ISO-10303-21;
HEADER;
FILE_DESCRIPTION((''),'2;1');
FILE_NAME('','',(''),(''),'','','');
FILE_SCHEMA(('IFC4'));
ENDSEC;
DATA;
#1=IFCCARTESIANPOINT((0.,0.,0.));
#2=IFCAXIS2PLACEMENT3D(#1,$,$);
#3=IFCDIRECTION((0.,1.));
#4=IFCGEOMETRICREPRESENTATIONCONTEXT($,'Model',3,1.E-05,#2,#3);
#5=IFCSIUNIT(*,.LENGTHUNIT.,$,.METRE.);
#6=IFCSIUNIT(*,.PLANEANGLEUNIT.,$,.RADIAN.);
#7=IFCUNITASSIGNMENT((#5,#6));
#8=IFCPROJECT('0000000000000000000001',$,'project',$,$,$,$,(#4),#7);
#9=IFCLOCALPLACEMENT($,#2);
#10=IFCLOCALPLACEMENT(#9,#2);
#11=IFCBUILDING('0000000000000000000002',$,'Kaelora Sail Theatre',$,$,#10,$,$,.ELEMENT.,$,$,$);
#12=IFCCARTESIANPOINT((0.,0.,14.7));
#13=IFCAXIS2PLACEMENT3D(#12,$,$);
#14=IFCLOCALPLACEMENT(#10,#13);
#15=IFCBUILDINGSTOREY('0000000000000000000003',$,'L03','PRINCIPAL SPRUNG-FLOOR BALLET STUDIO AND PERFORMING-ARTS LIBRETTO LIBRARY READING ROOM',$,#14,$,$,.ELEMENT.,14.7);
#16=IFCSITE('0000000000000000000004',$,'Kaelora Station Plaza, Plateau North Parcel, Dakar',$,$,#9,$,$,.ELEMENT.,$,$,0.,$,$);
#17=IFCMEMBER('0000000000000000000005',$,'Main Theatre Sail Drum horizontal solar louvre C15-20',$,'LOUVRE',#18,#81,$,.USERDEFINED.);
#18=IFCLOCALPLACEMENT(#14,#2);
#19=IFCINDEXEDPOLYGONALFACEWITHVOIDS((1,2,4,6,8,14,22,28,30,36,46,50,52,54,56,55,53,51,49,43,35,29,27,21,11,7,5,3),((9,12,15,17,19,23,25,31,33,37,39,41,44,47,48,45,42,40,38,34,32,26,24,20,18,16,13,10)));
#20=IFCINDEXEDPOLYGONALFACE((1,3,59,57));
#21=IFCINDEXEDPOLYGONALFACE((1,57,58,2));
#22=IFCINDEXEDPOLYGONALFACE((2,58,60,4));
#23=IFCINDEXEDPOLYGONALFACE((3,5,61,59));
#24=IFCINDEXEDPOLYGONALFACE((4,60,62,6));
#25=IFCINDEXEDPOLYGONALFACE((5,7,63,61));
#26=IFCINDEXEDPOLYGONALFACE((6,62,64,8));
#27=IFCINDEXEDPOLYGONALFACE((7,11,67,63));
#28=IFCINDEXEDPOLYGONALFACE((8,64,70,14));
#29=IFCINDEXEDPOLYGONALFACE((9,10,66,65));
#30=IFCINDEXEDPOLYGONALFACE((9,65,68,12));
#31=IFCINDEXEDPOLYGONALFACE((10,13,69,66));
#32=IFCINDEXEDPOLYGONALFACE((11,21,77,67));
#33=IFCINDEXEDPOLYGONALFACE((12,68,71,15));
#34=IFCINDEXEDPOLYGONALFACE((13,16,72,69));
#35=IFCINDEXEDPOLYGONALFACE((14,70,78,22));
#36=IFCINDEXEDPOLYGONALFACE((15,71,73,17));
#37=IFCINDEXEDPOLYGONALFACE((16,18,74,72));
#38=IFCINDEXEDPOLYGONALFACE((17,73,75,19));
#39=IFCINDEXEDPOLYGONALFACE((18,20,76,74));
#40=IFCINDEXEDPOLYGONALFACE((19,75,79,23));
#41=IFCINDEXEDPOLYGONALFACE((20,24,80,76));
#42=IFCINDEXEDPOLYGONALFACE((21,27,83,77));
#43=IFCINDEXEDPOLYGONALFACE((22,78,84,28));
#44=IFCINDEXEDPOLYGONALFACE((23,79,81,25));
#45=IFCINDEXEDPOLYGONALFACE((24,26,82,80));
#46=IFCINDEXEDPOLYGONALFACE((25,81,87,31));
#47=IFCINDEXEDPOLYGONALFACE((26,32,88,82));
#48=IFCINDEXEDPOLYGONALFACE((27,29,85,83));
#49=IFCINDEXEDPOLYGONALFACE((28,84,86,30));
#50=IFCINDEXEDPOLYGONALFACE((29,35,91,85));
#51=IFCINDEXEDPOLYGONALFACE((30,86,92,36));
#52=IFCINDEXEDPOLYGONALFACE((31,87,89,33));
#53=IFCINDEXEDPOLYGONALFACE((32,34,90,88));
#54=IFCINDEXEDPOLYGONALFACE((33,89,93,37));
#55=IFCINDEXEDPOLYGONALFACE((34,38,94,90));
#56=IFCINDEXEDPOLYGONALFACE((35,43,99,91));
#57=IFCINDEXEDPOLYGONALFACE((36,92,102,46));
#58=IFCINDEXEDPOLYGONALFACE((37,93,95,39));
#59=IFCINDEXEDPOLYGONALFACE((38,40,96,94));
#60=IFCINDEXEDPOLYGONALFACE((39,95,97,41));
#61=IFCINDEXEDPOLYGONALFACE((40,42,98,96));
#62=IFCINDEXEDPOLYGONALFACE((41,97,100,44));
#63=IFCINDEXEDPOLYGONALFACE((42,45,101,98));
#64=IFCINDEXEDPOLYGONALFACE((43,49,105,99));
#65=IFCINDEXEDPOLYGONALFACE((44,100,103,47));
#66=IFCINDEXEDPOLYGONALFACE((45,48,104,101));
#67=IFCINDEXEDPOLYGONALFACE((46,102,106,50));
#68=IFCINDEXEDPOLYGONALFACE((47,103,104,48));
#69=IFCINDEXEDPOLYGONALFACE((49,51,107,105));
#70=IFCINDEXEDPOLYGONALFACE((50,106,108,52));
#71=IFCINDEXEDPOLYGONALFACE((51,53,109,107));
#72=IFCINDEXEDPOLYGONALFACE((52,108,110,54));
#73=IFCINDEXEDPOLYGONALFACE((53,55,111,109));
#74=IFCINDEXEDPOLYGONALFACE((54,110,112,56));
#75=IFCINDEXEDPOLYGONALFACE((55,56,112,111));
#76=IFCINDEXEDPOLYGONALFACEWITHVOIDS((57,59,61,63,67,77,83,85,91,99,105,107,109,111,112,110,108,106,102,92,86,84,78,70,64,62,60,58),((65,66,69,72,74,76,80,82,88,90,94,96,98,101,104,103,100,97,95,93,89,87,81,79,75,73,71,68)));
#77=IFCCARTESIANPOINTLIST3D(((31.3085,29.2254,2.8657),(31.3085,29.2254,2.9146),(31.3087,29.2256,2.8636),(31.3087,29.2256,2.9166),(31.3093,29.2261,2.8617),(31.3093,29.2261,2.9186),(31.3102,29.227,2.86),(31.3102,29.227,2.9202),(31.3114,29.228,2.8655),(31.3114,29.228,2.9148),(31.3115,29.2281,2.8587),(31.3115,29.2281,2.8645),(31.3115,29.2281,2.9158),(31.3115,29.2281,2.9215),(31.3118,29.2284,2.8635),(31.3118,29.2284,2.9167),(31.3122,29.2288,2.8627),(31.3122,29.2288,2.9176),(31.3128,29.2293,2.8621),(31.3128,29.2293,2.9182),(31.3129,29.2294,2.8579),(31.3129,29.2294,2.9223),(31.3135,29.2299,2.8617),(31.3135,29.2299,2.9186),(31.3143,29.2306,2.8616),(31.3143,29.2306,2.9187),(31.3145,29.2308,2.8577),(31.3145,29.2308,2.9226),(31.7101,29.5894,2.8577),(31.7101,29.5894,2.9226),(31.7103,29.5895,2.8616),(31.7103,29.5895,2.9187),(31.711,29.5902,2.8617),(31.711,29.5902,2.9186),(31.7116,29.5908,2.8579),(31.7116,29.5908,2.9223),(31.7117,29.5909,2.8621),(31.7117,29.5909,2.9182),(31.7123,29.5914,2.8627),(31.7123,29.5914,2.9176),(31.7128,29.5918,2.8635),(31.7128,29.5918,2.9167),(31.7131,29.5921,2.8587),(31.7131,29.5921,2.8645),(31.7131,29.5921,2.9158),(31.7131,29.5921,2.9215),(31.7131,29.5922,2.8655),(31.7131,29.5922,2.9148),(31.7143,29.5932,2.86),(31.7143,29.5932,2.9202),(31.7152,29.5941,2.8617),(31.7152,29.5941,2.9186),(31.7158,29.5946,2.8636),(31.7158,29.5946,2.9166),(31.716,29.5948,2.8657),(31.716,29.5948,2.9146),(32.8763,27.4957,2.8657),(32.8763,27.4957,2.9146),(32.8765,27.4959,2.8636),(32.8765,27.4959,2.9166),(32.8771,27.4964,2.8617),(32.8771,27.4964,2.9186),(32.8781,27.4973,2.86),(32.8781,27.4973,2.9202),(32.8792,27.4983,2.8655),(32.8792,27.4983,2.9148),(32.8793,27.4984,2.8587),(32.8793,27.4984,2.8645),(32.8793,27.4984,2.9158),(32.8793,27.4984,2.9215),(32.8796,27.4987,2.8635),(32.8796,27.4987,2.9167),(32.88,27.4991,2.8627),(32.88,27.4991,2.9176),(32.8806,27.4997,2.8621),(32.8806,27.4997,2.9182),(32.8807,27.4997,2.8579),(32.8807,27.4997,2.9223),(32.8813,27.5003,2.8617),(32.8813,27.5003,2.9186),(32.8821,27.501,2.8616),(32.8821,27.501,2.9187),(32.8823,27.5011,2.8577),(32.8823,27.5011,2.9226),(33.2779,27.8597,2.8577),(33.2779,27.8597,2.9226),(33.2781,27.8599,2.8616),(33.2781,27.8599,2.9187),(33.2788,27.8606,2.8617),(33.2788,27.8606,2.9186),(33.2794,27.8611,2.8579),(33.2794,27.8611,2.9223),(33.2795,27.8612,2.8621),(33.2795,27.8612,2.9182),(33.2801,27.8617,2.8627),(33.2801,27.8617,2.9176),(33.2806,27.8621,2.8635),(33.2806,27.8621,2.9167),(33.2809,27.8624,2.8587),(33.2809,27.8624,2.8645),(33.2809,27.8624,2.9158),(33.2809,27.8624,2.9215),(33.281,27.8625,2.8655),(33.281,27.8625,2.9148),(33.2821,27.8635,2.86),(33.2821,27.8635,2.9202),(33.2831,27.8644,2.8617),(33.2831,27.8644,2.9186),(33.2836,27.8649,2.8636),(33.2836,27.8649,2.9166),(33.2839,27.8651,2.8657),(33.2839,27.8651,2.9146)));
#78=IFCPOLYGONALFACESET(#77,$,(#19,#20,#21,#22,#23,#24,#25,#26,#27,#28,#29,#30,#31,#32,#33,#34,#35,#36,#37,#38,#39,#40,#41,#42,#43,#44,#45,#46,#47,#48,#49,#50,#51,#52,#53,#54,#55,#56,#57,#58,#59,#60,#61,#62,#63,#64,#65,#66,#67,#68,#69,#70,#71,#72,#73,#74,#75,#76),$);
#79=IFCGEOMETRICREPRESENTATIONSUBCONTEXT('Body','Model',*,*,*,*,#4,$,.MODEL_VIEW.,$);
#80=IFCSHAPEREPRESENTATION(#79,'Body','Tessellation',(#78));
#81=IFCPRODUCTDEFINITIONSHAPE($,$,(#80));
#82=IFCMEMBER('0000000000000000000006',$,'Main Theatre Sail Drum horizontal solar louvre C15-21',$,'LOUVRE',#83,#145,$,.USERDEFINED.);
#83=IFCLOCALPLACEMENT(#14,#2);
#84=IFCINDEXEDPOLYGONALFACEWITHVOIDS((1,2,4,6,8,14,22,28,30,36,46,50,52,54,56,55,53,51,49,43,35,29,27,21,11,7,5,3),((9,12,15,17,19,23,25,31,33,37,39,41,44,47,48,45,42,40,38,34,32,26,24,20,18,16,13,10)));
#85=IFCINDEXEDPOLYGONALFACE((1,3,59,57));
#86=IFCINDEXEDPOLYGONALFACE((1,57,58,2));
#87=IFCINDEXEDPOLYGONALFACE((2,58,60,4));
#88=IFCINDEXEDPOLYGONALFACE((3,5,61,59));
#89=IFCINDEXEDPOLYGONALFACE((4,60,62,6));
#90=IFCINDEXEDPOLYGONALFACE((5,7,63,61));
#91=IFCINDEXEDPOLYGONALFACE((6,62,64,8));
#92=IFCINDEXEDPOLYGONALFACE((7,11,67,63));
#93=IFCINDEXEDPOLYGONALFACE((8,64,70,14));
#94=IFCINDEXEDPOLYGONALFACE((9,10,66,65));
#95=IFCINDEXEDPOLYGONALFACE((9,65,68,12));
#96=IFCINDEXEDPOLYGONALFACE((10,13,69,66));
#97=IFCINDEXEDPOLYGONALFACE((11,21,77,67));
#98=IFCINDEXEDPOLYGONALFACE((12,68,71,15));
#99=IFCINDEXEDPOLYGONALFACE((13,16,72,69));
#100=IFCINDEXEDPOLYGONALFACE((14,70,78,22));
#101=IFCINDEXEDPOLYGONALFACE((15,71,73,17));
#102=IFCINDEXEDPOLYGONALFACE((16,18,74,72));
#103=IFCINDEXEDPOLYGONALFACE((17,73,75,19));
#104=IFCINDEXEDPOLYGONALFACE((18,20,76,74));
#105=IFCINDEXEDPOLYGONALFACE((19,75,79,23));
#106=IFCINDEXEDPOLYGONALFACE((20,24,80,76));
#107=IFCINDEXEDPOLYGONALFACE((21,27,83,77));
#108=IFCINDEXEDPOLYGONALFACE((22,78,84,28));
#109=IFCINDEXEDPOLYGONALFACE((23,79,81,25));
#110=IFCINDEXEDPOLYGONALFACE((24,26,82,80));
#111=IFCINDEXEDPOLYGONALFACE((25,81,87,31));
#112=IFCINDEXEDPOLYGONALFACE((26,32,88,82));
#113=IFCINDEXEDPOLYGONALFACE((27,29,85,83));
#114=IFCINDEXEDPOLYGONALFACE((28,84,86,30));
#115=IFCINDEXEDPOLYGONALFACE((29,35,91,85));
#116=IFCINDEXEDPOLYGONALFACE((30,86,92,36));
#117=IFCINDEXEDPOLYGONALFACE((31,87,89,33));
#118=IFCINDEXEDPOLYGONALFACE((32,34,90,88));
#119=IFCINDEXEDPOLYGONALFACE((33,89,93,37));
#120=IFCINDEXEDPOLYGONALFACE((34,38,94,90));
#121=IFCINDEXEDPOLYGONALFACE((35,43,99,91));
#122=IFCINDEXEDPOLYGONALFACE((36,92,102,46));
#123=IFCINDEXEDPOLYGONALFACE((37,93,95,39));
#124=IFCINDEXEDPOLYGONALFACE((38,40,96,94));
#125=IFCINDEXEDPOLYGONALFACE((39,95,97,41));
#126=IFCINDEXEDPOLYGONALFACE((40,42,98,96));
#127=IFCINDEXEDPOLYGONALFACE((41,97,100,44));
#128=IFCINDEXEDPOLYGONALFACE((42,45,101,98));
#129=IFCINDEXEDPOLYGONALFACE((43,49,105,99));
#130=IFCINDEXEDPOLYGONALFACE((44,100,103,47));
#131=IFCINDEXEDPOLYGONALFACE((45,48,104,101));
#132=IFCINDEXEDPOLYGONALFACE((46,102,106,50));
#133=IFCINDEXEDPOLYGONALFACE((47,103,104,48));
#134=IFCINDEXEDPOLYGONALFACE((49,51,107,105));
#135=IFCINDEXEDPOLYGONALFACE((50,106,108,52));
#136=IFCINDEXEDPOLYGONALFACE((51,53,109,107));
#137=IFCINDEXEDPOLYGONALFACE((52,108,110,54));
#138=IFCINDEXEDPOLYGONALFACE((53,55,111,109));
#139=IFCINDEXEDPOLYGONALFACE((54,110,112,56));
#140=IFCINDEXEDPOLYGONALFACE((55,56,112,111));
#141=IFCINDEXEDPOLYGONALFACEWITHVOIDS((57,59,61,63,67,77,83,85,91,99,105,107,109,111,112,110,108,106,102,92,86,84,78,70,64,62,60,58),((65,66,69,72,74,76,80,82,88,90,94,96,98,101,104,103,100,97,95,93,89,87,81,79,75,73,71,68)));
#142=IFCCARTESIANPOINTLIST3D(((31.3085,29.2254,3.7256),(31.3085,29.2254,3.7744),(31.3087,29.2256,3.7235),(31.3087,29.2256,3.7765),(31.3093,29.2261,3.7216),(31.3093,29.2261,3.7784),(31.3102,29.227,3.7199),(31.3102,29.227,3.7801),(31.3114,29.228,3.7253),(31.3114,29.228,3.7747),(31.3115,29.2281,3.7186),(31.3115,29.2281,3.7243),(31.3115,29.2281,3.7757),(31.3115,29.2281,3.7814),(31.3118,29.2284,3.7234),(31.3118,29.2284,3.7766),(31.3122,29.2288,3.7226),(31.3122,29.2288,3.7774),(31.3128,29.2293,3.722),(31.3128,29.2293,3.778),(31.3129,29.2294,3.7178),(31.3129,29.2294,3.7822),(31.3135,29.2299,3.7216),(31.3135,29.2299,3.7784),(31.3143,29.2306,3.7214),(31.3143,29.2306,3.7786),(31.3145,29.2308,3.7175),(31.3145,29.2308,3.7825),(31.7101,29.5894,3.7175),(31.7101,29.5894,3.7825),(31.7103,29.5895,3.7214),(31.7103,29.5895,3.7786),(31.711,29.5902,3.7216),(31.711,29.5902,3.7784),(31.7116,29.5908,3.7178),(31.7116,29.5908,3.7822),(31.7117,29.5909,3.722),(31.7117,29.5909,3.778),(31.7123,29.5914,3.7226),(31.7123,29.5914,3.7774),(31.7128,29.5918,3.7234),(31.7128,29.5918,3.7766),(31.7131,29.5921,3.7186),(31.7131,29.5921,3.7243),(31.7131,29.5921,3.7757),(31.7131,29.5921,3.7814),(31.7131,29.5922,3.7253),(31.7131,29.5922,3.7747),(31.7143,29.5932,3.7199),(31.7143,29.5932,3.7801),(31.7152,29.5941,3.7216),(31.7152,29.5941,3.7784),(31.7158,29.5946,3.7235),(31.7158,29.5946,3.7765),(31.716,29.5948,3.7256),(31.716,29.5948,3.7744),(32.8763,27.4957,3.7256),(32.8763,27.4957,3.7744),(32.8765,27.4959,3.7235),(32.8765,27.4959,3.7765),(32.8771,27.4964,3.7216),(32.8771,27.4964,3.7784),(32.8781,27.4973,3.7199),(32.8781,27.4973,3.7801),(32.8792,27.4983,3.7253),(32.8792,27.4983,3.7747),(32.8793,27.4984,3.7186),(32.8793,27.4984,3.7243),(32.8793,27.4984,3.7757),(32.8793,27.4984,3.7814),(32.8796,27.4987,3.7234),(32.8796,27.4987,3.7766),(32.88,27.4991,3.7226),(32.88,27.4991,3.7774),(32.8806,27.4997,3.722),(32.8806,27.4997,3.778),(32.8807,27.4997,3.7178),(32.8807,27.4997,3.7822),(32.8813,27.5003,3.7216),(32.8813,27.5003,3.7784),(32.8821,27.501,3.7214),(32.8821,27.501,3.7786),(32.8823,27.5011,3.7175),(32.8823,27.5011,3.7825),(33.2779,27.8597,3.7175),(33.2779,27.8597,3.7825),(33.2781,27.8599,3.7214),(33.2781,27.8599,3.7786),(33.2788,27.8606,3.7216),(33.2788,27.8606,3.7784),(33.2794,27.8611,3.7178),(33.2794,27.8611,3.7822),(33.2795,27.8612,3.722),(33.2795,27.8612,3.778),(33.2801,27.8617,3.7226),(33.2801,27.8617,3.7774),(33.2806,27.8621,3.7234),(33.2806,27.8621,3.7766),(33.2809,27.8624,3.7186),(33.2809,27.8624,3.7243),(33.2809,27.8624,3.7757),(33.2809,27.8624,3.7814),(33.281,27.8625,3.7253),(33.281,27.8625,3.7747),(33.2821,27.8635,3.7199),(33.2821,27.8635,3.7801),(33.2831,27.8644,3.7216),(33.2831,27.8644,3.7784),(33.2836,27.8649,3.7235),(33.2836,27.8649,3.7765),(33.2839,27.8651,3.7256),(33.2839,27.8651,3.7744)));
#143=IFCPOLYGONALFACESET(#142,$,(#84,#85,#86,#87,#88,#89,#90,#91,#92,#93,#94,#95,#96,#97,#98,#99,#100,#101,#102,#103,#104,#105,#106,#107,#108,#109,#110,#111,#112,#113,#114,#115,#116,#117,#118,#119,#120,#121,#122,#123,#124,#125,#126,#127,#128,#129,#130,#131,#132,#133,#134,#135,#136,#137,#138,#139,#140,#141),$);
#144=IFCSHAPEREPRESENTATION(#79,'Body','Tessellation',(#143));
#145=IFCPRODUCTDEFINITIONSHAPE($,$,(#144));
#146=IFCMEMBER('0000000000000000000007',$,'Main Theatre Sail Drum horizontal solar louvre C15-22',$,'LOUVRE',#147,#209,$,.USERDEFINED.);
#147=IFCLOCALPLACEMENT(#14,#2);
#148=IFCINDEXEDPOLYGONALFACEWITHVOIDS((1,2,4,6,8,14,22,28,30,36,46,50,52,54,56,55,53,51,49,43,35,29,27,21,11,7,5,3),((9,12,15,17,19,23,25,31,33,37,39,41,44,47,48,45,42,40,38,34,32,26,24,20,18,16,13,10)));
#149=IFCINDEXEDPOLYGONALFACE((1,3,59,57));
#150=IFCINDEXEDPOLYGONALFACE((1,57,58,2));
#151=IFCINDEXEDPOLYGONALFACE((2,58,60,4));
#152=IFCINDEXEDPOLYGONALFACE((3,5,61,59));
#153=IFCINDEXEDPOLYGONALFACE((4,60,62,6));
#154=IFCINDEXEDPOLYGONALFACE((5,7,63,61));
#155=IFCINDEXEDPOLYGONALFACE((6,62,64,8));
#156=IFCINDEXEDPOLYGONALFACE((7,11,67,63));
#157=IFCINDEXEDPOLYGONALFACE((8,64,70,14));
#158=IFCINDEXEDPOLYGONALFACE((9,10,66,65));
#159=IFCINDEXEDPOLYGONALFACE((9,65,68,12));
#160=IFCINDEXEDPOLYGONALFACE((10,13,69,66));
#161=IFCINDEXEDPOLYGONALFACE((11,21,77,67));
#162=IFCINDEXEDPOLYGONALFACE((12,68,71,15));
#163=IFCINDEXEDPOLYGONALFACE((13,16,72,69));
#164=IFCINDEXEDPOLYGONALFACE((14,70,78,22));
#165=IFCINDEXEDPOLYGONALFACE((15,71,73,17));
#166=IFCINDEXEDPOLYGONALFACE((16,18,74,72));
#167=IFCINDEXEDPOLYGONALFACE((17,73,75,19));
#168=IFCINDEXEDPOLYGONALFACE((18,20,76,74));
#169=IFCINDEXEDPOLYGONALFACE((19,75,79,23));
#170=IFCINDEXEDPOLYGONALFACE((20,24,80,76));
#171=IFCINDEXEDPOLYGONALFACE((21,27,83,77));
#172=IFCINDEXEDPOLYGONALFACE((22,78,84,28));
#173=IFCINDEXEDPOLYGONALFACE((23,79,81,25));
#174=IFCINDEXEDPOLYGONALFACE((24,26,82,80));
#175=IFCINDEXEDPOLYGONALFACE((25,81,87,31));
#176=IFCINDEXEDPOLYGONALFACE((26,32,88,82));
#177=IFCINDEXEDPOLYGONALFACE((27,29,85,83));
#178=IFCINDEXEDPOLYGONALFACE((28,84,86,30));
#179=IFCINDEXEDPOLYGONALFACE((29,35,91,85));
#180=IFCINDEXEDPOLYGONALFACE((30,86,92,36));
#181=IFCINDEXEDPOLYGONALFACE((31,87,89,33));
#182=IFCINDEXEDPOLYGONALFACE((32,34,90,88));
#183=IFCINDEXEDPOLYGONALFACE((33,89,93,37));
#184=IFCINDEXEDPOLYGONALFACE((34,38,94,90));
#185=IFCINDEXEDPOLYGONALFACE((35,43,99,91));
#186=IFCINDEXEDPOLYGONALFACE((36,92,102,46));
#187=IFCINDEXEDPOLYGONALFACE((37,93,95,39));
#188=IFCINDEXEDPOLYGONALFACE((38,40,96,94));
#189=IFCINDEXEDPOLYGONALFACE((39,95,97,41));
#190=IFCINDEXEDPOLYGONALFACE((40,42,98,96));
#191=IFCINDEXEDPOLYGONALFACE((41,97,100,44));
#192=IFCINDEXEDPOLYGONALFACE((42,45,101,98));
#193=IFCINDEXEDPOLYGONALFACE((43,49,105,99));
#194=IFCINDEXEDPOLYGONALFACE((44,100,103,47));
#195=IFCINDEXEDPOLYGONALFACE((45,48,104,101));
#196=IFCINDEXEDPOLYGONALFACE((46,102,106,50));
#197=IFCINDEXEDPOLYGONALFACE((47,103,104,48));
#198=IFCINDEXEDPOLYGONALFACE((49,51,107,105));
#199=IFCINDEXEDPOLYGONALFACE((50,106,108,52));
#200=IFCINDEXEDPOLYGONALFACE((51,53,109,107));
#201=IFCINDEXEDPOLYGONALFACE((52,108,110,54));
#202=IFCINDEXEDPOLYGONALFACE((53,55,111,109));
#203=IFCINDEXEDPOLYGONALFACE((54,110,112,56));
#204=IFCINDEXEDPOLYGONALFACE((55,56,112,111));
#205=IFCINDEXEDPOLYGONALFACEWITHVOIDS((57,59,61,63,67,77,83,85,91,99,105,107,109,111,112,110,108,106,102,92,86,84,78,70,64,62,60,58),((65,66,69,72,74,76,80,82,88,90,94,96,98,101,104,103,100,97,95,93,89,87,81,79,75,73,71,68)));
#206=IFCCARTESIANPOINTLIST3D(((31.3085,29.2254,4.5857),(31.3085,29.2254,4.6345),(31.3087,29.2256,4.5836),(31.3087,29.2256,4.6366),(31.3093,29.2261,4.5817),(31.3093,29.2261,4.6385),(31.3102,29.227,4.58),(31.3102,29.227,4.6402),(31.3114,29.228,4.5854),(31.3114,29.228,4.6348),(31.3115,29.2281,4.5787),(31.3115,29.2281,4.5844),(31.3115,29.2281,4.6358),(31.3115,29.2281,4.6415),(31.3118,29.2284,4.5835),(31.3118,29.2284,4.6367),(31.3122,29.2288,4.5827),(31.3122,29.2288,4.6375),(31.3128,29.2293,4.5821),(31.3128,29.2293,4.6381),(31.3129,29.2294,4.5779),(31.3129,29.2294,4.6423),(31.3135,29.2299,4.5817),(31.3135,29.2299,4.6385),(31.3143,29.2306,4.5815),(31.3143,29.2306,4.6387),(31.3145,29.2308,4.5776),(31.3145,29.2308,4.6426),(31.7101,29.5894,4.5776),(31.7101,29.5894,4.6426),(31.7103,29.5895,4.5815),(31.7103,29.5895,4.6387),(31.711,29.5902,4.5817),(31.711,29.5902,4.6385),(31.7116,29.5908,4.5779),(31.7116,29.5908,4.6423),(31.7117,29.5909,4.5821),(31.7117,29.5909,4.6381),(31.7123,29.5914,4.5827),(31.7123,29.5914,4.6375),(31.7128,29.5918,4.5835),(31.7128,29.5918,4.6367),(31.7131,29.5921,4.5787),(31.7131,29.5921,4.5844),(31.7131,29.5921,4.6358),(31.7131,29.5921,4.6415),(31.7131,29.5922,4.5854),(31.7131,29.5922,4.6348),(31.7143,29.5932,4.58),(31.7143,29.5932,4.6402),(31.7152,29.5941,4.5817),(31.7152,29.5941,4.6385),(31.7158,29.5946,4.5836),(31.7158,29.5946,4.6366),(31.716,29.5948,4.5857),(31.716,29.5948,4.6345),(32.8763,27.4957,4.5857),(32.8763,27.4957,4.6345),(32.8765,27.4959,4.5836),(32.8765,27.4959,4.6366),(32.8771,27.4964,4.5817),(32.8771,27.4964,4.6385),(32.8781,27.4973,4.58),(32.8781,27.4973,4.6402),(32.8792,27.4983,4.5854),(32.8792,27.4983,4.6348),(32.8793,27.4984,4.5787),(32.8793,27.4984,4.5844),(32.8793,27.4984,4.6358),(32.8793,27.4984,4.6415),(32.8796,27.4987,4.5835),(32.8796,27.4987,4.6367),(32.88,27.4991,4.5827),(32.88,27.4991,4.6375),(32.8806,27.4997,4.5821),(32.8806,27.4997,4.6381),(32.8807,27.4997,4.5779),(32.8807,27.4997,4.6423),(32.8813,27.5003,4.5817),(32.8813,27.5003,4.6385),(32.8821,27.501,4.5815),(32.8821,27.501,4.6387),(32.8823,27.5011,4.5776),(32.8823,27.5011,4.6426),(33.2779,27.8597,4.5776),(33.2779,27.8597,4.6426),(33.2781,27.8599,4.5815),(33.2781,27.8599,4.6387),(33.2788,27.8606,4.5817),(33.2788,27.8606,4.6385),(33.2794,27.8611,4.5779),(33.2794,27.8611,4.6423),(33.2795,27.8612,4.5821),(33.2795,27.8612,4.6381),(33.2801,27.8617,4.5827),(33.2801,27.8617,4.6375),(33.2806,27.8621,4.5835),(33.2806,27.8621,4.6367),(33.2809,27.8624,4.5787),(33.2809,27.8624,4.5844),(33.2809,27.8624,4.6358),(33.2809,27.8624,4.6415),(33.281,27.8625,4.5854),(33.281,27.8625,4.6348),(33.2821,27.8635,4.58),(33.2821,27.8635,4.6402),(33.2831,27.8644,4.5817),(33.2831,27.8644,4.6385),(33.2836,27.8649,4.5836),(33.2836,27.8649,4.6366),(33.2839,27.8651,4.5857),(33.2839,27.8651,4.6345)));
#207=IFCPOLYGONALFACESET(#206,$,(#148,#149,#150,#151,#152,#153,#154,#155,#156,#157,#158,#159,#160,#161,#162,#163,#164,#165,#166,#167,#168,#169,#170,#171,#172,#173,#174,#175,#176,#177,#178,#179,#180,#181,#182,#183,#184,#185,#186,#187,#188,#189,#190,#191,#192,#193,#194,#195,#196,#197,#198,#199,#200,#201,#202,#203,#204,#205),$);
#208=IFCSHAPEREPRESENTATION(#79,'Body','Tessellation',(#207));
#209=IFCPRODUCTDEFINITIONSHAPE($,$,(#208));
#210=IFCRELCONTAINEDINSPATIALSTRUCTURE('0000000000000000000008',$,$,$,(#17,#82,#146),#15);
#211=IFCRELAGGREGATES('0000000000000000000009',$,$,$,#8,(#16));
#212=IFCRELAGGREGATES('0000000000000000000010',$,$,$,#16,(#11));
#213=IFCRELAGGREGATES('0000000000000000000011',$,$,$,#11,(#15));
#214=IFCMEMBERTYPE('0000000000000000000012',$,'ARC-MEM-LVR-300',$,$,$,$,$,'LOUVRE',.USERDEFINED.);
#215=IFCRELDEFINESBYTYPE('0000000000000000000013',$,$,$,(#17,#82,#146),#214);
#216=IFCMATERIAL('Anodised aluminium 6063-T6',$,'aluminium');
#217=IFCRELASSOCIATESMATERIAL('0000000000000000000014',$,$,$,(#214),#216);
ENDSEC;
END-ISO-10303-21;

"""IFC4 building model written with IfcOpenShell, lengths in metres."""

from ifc_helpers import new_model, si_unit, direction, frame, origin, origin_2d, place, context, subcontext, project, spatial, hollow_rectangle, extrude, material, material_profile, profile_set, type_object, element, save


model = new_model("IFC4")

# Units and contexts
model_context = context("Model", 3, precision=1e-05, world=origin(), true_north=direction((0.0, 1.0)))
body_context = subcontext(model_context, "Body", "Model", "MODEL_VIEW")
ifc_project = project(units=[si_unit("LENGTHUNIT", "METRE"), si_unit("PLANEANGLEUNIT", "RADIAN")], contexts=[model_context])

# Site, building, storey
site_placement = place(None, origin())
site = spatial("IfcSite", under=ifc_project, at=site_placement, Name="Kaelora Station Plaza, Plateau North Parcel, Dakar", CompositionType="ELEMENT", RefElevation=0.0)
building_placement = place(site_placement, origin())
building = spatial("IfcBuilding", under=site, at=building_placement, Name="Kaelora Sail Theatre", CompositionType="ELEMENT")
storey_placement = place(building_placement, frame((0.0, 0.0, 14.7)))
storey = spatial("IfcBuildingStorey", under=building, at=storey_placement, Name="L03", Description="PRINCIPAL SPRUNG-FLOOR BALLET STUDIO AND PERFORMING-ARTS LIBRETTO LIBRARY READING ROOM", CompositionType="ELEMENT", Elevation=14.7)

# Members
ifc_material_1 = material(Name="Anodised aluminium 6063-T6", Category="aluminium")
ifc_material_profile_1 = material_profile(ifc_material_1, hollow_rectangle(XDim=0.55, YDim=0.0649, WallThickness=0.0039, InnerFilletRadius=0.0039, OuterFilletRadius=0.0081, at=origin_2d()), Name="LOUVRE 550x65x4")
ifc_profile_set_1 = profile_set([ifc_material_profile_1], Name="Anodised aluminium 6063-T6")
member_type = type_object("IfcMemberType", Name="ARC-MEM-LVR-300", ElementType="LOUVRE", PredefinedType="USERDEFINED", material=ifc_profile_set_1)
for number, where, z_axis, x_axis, name in (
    (1, (33.0801, 27.6804, 2.8901), (-0.671589, 0.740924, 0.0), (-0.740924, -0.671589, 0.0), "Main Theatre Sail Drum horizontal solar louvre C15-20"),
    (2, (33.0801, 27.6804, 3.75), (-0.671589, 0.740924, 0.0), (-0.740924, -0.671589, 0.0), "Main Theatre Sail Drum horizontal solar louvre C15-21"),
    (3, (33.0801, 27.6804, 4.6101), (-0.671589, 0.740924, 0.0), (-0.740924, -0.671589, 0.0), "Main Theatre Sail Drum horizontal solar louvre C15-22"),
):
    element("IfcMember", number, at=place(storey_placement, frame(where, z_axis=z_axis, x_axis=x_axis)), inside=storey, type_object=member_type, Name=name, ObjectType="LOUVRE", PredefinedType="USERDEFINED", context=body_context, shape_type="SweptSolid", body=[
        extrude(hollow_rectangle(XDim=0.55, YDim=0.0649, WallThickness=0.0039, InnerFilletRadius=0.0039, OuterFilletRadius=0.0081, at=origin_2d()), origin(), (0.0, 0.0, 1.0), 2.3345),
    ])

save(model, "model.ifc")
